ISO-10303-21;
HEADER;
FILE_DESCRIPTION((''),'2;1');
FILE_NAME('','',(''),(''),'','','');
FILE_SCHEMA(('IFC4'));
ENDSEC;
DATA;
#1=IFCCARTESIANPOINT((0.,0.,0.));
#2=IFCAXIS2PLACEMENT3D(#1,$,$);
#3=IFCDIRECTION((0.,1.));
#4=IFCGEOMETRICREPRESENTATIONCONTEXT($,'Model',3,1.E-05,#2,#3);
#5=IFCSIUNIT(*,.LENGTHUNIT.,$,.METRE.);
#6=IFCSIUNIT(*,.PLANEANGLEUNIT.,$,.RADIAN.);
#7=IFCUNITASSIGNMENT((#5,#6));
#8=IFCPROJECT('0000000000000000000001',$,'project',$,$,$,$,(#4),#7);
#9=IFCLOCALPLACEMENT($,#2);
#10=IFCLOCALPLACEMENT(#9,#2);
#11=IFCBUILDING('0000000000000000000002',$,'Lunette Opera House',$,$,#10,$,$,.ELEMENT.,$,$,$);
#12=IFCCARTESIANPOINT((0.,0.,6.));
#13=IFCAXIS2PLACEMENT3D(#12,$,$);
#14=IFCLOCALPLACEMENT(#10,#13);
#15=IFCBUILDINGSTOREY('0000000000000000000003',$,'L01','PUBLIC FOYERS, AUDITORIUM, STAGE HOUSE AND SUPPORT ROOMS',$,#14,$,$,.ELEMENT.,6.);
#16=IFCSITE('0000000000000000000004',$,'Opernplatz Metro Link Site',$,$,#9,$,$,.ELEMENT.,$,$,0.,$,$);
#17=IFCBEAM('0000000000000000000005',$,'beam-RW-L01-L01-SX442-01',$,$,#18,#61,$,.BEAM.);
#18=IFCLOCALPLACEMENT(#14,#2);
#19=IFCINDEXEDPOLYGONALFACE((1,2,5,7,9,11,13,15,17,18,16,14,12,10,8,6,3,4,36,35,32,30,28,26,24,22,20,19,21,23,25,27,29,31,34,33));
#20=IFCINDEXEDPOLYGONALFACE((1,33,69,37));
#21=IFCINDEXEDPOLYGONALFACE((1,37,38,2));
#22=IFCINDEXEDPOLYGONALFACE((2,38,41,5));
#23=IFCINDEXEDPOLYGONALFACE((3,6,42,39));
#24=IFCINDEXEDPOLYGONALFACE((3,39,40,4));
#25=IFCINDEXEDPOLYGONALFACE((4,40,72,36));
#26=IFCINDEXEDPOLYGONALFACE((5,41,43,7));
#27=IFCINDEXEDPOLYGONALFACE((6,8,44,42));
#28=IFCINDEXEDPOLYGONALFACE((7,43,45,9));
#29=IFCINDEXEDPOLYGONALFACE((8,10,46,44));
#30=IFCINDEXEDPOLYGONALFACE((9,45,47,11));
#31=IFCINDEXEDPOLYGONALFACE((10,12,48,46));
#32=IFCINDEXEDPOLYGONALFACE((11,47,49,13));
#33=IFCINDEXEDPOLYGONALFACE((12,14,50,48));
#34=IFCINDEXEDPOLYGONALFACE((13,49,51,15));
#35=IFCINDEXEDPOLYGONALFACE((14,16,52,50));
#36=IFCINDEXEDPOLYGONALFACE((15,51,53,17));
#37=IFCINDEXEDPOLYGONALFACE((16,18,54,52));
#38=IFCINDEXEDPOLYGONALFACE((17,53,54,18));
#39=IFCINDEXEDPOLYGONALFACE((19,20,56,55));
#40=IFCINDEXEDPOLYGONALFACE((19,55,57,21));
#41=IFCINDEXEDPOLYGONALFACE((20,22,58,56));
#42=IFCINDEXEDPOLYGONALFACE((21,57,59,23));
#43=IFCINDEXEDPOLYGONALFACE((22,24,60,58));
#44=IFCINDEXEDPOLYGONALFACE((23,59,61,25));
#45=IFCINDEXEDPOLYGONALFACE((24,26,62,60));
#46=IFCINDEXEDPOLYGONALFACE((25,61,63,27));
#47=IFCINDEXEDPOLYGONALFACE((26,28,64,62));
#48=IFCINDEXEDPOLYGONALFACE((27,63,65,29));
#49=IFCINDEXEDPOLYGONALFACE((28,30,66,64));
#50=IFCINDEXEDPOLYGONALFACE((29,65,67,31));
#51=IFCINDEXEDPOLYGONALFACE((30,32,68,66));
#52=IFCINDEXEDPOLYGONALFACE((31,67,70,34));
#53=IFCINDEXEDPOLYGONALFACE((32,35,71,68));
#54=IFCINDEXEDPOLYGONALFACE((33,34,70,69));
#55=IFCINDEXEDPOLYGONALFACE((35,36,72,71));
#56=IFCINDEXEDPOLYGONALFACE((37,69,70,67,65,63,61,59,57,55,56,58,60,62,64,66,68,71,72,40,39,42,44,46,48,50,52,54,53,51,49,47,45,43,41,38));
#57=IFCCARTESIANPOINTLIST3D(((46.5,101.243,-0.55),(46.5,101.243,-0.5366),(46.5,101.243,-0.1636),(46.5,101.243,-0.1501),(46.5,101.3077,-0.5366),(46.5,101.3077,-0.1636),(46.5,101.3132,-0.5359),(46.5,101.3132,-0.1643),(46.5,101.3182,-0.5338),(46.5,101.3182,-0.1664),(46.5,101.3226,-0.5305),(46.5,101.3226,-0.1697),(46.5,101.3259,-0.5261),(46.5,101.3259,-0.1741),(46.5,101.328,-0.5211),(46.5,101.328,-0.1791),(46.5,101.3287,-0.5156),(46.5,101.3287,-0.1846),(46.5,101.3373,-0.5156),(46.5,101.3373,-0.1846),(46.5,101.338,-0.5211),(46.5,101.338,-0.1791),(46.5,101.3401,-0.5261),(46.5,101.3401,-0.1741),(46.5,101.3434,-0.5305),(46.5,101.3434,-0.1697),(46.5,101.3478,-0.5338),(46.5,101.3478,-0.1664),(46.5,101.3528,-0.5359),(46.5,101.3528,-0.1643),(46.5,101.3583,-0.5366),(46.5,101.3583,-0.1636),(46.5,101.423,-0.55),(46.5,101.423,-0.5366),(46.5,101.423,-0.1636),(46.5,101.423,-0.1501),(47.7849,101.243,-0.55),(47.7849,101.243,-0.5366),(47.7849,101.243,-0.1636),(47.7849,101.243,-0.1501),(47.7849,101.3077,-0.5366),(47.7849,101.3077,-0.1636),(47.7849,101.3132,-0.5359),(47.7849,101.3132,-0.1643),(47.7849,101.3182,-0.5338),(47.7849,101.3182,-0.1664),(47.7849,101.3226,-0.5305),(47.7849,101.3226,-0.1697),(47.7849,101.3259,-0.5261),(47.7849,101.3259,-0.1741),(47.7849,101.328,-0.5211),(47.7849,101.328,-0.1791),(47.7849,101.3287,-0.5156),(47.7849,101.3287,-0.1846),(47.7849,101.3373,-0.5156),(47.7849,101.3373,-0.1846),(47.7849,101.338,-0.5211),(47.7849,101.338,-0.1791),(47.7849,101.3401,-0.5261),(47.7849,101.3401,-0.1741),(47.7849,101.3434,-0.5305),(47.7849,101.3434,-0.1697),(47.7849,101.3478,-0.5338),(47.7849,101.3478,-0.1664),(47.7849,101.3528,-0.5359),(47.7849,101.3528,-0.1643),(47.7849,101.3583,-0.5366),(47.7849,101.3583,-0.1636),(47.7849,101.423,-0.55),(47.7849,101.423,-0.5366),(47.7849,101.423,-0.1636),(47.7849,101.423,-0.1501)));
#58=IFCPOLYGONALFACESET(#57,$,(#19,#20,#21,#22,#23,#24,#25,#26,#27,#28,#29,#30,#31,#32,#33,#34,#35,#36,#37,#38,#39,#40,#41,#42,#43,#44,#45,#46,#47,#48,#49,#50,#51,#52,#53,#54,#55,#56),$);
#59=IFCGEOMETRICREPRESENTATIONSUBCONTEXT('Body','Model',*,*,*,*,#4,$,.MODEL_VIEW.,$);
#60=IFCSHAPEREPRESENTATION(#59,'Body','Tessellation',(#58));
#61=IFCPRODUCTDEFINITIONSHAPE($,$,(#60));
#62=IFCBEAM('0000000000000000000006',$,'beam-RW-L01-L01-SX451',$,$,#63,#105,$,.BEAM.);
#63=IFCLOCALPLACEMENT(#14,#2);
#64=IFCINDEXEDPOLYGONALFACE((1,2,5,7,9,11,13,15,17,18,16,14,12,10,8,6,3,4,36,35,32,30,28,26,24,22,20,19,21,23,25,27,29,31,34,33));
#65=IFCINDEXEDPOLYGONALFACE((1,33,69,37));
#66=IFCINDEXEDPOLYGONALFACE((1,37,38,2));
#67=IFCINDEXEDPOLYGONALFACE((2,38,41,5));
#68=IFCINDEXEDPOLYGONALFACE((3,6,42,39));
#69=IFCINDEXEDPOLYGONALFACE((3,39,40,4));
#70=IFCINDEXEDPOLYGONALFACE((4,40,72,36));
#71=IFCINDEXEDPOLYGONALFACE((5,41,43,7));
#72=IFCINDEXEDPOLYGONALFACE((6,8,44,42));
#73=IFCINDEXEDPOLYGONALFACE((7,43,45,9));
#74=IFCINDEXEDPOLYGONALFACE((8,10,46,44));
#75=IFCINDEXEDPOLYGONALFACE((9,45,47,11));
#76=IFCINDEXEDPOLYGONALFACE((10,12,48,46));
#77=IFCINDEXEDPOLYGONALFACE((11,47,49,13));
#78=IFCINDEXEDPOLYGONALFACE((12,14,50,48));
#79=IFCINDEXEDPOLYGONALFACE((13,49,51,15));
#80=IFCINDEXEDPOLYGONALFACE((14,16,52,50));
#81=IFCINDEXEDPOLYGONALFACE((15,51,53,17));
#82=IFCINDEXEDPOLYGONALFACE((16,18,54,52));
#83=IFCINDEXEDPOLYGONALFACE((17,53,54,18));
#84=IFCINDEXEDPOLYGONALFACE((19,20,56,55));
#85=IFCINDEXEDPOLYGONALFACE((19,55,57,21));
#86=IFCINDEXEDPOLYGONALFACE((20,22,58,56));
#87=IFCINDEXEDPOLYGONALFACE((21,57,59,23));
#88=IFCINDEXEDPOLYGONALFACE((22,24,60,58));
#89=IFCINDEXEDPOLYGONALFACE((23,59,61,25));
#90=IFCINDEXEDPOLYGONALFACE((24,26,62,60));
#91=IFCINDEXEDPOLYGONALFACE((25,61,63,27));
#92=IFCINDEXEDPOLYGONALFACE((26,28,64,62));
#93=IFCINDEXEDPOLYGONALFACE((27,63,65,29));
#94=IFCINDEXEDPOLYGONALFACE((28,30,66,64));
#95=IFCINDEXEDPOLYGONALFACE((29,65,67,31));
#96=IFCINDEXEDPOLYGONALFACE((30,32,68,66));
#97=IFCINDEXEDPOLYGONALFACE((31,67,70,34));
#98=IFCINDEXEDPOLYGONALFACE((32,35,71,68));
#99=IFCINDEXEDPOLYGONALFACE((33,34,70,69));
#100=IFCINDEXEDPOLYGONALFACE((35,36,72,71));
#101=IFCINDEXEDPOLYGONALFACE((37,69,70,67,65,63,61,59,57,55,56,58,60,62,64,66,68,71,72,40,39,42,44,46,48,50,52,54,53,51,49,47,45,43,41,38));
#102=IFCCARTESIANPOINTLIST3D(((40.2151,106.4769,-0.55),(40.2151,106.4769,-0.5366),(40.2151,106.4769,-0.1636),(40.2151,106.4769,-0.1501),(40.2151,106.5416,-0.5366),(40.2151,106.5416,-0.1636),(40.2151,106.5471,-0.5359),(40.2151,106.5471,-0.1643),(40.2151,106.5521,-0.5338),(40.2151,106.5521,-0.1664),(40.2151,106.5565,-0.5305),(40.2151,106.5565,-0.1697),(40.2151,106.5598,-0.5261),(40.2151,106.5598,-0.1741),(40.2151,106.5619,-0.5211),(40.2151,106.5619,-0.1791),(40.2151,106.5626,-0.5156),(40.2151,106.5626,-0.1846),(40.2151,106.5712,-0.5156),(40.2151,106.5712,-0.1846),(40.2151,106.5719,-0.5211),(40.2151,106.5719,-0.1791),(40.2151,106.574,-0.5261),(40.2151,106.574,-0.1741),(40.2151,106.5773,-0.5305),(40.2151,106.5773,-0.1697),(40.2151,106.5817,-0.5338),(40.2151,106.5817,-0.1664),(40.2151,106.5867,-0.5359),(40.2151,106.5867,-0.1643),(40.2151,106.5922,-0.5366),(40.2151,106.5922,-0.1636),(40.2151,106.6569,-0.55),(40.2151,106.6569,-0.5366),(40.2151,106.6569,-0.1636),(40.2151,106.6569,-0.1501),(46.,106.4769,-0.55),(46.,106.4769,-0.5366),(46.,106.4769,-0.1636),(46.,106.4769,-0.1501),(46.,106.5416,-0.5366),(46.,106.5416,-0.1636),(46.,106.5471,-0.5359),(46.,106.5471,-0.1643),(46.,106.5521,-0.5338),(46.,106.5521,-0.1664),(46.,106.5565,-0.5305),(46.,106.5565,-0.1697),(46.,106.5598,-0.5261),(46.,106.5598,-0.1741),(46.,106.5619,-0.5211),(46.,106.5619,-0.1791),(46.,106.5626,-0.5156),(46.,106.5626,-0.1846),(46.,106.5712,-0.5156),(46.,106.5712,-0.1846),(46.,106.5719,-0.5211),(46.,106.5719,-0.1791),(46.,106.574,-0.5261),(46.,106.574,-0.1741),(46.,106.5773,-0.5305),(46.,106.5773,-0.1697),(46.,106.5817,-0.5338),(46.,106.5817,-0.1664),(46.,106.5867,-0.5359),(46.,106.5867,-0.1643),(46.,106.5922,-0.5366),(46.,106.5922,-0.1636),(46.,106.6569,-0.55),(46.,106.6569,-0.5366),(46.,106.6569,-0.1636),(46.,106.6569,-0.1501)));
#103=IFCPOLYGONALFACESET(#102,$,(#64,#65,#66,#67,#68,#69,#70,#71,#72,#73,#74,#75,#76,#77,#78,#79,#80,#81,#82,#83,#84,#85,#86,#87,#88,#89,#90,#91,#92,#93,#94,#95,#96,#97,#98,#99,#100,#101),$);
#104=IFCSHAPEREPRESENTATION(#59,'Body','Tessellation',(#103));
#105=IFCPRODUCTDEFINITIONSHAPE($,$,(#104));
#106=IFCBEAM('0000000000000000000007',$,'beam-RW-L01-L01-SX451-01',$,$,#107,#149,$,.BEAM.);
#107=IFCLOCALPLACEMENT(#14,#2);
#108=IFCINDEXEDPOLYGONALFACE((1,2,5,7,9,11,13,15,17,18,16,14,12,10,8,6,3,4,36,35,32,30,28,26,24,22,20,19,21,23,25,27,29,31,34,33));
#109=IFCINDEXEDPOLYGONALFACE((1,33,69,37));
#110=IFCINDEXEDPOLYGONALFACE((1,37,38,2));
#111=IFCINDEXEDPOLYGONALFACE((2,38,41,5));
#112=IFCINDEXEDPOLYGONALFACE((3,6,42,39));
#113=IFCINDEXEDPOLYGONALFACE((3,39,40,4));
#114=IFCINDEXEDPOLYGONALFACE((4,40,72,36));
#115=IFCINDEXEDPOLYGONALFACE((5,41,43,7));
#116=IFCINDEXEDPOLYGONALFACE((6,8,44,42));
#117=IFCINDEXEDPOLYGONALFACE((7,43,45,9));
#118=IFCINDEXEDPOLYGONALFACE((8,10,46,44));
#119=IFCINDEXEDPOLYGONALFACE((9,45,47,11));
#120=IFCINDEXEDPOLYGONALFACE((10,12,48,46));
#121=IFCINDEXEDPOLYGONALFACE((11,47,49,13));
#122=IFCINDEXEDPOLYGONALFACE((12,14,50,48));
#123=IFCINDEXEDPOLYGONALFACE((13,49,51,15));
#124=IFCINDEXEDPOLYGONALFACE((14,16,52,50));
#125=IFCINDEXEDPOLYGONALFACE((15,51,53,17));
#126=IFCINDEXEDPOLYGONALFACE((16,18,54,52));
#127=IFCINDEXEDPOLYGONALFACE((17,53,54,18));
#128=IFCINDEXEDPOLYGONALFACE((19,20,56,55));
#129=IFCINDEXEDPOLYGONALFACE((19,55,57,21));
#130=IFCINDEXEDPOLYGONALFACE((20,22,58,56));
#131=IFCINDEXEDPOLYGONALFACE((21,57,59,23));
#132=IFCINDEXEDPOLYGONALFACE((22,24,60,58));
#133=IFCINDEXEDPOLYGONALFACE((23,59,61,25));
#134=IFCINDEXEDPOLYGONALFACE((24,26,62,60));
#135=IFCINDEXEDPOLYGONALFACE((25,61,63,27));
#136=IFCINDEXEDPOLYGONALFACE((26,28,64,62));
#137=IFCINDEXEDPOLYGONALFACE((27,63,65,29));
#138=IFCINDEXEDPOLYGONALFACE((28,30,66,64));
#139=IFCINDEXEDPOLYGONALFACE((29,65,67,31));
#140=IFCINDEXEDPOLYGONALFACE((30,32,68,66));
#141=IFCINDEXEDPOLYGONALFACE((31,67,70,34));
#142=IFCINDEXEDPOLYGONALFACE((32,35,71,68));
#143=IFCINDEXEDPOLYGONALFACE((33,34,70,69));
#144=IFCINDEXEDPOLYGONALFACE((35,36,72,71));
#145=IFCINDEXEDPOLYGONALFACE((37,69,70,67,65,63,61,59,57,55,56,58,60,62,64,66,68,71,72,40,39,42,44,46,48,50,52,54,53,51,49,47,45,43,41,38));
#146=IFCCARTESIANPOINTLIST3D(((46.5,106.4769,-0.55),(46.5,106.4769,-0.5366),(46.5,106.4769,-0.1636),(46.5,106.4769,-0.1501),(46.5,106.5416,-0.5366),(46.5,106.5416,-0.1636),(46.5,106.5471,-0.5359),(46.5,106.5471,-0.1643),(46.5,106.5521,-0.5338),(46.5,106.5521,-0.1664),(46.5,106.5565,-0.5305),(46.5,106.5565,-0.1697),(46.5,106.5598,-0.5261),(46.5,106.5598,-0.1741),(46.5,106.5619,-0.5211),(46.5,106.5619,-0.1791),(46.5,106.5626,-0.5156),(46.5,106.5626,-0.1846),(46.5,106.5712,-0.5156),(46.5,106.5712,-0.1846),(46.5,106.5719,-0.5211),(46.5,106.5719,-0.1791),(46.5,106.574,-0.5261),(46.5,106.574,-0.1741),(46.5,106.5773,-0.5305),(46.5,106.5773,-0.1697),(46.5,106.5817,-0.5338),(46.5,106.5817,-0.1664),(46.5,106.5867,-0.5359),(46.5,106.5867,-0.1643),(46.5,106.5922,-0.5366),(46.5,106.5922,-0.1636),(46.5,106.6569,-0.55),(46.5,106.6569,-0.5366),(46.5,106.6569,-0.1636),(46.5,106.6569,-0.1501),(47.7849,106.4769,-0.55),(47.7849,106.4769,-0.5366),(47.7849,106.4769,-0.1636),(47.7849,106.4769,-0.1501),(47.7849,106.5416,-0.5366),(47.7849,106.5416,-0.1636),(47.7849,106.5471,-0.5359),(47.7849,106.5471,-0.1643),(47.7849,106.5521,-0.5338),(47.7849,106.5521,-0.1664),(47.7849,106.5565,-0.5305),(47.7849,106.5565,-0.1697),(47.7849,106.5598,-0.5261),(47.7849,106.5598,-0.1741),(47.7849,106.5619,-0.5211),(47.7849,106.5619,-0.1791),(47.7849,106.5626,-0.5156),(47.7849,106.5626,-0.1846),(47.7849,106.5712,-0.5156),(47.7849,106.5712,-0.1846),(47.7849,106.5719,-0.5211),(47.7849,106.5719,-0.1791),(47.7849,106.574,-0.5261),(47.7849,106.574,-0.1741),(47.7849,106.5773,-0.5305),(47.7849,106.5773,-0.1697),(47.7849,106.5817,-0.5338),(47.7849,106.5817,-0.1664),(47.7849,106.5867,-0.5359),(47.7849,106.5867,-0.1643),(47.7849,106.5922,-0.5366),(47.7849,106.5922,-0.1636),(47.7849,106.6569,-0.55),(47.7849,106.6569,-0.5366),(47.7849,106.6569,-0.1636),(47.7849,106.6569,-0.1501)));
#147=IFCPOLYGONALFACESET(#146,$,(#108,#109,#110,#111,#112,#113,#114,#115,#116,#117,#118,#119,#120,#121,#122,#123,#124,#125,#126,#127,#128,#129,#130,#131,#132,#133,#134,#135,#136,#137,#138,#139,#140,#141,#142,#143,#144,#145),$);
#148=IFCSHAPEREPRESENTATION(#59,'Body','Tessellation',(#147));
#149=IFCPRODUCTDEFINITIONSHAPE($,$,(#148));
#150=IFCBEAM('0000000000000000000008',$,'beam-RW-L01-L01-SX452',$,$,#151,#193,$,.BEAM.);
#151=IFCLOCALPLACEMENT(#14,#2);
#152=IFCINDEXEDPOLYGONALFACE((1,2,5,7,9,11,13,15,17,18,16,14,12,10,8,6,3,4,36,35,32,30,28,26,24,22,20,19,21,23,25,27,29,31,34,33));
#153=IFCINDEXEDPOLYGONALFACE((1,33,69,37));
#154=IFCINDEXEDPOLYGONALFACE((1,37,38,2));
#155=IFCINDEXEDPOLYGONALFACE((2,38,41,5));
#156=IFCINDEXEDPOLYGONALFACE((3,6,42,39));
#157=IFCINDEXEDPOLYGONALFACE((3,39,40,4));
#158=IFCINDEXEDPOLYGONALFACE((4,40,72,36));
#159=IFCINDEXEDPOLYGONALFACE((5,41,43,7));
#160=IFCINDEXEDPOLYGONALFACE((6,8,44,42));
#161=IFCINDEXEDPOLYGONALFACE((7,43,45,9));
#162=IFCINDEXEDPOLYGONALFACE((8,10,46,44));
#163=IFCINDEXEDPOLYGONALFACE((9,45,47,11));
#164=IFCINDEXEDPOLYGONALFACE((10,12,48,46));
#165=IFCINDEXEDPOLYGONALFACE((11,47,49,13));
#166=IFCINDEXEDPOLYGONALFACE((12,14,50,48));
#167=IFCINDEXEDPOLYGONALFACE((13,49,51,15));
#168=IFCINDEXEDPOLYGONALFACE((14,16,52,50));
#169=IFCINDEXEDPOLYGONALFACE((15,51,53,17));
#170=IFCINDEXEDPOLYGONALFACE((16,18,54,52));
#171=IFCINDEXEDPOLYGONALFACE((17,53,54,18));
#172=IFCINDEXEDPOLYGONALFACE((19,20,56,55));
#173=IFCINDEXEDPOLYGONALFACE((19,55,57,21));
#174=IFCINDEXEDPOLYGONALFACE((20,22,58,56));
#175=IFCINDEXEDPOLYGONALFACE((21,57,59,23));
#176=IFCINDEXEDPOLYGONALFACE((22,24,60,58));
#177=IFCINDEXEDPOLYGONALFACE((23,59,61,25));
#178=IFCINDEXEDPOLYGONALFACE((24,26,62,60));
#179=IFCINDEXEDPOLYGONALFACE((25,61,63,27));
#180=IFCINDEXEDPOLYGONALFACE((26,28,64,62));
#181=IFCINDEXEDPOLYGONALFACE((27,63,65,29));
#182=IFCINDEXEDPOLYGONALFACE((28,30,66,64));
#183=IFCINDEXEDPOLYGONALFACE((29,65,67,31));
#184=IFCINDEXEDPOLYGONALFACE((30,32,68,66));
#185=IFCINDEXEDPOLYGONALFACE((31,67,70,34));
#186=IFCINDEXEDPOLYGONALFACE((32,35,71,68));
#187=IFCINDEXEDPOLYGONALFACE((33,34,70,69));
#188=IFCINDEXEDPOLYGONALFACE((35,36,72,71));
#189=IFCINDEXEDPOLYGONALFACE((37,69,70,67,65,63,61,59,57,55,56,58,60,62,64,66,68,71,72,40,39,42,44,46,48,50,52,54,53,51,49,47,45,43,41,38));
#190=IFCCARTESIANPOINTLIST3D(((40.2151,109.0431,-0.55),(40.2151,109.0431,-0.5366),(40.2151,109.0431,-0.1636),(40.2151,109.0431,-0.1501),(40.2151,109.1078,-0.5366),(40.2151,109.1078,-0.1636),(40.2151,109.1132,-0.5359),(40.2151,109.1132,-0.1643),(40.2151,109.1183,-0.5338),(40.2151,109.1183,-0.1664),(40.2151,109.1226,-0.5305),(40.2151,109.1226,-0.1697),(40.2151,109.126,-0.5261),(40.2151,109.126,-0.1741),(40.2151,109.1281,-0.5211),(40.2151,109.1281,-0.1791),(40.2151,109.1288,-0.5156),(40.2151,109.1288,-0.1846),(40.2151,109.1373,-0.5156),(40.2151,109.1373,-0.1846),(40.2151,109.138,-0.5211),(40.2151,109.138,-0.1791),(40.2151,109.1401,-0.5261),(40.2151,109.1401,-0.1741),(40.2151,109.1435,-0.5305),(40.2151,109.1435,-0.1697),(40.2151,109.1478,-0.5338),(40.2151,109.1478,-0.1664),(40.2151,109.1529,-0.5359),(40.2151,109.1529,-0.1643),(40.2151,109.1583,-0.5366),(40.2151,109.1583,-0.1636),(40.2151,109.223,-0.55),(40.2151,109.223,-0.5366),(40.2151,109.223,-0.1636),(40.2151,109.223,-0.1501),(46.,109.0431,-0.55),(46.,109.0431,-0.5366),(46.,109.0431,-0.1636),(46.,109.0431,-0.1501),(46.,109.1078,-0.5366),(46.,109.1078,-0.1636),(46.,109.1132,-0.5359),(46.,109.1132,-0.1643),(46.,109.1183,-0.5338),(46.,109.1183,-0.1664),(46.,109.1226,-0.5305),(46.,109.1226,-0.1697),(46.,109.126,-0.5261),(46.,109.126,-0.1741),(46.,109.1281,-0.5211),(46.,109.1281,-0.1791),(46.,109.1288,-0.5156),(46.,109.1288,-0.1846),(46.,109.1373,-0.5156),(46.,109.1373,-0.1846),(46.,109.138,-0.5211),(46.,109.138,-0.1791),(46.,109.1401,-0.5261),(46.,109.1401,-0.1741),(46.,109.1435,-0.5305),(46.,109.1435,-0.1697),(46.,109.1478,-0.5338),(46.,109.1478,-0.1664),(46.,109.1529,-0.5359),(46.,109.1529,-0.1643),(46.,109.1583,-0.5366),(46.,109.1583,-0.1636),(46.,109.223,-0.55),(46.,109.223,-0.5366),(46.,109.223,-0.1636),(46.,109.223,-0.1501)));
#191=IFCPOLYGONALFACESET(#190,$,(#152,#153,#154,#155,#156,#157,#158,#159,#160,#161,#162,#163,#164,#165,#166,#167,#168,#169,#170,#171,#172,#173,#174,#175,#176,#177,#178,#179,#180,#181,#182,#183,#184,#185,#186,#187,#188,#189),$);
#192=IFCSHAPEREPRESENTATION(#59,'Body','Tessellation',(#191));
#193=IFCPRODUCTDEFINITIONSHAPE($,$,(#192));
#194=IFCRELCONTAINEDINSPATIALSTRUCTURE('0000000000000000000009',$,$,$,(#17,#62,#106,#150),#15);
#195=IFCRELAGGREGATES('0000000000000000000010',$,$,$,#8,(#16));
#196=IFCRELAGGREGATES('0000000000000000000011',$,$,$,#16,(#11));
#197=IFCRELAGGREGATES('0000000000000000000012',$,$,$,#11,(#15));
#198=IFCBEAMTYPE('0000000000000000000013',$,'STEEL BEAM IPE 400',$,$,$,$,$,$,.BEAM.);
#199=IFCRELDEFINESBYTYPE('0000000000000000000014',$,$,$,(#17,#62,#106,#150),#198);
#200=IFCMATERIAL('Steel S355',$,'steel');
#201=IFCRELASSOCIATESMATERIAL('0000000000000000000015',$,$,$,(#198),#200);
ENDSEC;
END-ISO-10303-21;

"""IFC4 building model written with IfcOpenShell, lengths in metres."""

from ifc_helpers import new_model, si_unit, direction, frame, origin, origin_2d, place, context, subcontext, project, spatial, i_section, extrude, material, material_profile, profile_set, type_object, element, save


model = new_model("IFC4")

# Units and contexts
model_context = context("Model", 3, precision=1e-05, world=origin(), true_north=direction((0.0, 1.0)))
body_context = subcontext(model_context, "Body", "Model", "MODEL_VIEW")
ifc_project = project(units=[si_unit("LENGTHUNIT", "METRE"), si_unit("PLANEANGLEUNIT", "RADIAN")], contexts=[model_context])

# Site, building, storey
site_placement = place(None, origin())
site = spatial("IfcSite", under=ifc_project, at=site_placement, Name="Opernplatz Metro Link Site", CompositionType="ELEMENT", RefElevation=0.0)
building_placement = place(site_placement, origin())
building = spatial("IfcBuilding", under=site, at=building_placement, Name="Lunette Opera House", CompositionType="ELEMENT")
storey_placement = place(building_placement, frame((0.0, 0.0, 6.0)))
storey = spatial("IfcBuildingStorey", under=building, at=storey_placement, Name="L01", Description="PUBLIC FOYERS, AUDITORIUM, STAGE HOUSE AND SUPPORT ROOMS", CompositionType="ELEMENT", Elevation=6.0)

# Beams
ifc_material_1 = material(Name="Steel S355", Category="steel")
ifc_material_profile_1 = material_profile(ifc_material_1, i_section(OverallWidth=0.1799, OverallDepth=0.3999, WebThickness=0.0085, FlangeThickness=0.0134, FilletRadius=0.021, at=origin_2d()), Name="IPE 400")
ifc_profile_set_1 = profile_set([ifc_material_profile_1], Name="Steel S355")
beam_type_1 = type_object("IfcBeamType", Name="STEEL BEAM IPE 400", PredefinedType="BEAM", material=ifc_profile_set_1)
beam_1_placement = place(storey_placement, frame((46.5, 101.333, -0.3501), z_axis=(1.0, 0.0, 0.0), x_axis=(0.0, 1.0, 0.0)))
element("IfcBeam", 1, at=beam_1_placement, inside=storey, type_object=beam_type_1, Name="beam-RW-L01-L01-SX442-01", PredefinedType="BEAM", context=body_context, shape_type="SweptSolid", body=[
    extrude(i_section(OverallWidth=0.1799, OverallDepth=0.3999, WebThickness=0.0085, FlangeThickness=0.0134, FilletRadius=0.021, at=origin_2d()), origin(), (0.0, 0.0, 1.0), 1.2849),
])
beam_2_placement = place(storey_placement, frame((40.2151, 106.5669, -0.3501), z_axis=(1.0, 0.0, 0.0), x_axis=(0.0, 1.0, 0.0)))
element("IfcBeam", 2, at=beam_2_placement, inside=storey, type_object=beam_type_1, Name="beam-RW-L01-L01-SX451", PredefinedType="BEAM", context=body_context, shape_type="SweptSolid", body=[
    extrude(i_section(OverallWidth=0.1799, OverallDepth=0.3999, WebThickness=0.0085, FlangeThickness=0.0134, FilletRadius=0.021, at=origin_2d()), origin(), (0.0, 0.0, 1.0), 5.7849),
])
beam_3_placement = place(storey_placement, frame((46.5, 106.5669, -0.3501), z_axis=(1.0, 0.0, 0.0), x_axis=(0.0, 1.0, 0.0)))
element("IfcBeam", 3, at=beam_3_placement, inside=storey, type_object=beam_type_1, Name="beam-RW-L01-L01-SX451-01", PredefinedType="BEAM", context=body_context, shape_type="SweptSolid", body=[
    extrude(i_section(OverallWidth=0.1799, OverallDepth=0.3999, WebThickness=0.0085, FlangeThickness=0.0134, FilletRadius=0.021, at=origin_2d()), origin(), (0.0, 0.0, 1.0), 1.2849),
])
beam_4_placement = place(storey_placement, frame((40.2151, 109.1331, -0.3501), z_axis=(1.0, 0.0, 0.0), x_axis=(0.0, 1.0, 0.0)))
element("IfcBeam", 4, at=beam_4_placement, inside=storey, type_object=beam_type_1, Name="beam-RW-L01-L01-SX452", PredefinedType="BEAM", context=body_context, shape_type="SweptSolid", body=[
    extrude(i_section(OverallWidth=0.1799, OverallDepth=0.3999, WebThickness=0.0085, FlangeThickness=0.0134, FilletRadius=0.021, at=origin_2d()), origin(), (0.0, 0.0, 1.0), 5.7849),
])

save(model, "model.ifc")
